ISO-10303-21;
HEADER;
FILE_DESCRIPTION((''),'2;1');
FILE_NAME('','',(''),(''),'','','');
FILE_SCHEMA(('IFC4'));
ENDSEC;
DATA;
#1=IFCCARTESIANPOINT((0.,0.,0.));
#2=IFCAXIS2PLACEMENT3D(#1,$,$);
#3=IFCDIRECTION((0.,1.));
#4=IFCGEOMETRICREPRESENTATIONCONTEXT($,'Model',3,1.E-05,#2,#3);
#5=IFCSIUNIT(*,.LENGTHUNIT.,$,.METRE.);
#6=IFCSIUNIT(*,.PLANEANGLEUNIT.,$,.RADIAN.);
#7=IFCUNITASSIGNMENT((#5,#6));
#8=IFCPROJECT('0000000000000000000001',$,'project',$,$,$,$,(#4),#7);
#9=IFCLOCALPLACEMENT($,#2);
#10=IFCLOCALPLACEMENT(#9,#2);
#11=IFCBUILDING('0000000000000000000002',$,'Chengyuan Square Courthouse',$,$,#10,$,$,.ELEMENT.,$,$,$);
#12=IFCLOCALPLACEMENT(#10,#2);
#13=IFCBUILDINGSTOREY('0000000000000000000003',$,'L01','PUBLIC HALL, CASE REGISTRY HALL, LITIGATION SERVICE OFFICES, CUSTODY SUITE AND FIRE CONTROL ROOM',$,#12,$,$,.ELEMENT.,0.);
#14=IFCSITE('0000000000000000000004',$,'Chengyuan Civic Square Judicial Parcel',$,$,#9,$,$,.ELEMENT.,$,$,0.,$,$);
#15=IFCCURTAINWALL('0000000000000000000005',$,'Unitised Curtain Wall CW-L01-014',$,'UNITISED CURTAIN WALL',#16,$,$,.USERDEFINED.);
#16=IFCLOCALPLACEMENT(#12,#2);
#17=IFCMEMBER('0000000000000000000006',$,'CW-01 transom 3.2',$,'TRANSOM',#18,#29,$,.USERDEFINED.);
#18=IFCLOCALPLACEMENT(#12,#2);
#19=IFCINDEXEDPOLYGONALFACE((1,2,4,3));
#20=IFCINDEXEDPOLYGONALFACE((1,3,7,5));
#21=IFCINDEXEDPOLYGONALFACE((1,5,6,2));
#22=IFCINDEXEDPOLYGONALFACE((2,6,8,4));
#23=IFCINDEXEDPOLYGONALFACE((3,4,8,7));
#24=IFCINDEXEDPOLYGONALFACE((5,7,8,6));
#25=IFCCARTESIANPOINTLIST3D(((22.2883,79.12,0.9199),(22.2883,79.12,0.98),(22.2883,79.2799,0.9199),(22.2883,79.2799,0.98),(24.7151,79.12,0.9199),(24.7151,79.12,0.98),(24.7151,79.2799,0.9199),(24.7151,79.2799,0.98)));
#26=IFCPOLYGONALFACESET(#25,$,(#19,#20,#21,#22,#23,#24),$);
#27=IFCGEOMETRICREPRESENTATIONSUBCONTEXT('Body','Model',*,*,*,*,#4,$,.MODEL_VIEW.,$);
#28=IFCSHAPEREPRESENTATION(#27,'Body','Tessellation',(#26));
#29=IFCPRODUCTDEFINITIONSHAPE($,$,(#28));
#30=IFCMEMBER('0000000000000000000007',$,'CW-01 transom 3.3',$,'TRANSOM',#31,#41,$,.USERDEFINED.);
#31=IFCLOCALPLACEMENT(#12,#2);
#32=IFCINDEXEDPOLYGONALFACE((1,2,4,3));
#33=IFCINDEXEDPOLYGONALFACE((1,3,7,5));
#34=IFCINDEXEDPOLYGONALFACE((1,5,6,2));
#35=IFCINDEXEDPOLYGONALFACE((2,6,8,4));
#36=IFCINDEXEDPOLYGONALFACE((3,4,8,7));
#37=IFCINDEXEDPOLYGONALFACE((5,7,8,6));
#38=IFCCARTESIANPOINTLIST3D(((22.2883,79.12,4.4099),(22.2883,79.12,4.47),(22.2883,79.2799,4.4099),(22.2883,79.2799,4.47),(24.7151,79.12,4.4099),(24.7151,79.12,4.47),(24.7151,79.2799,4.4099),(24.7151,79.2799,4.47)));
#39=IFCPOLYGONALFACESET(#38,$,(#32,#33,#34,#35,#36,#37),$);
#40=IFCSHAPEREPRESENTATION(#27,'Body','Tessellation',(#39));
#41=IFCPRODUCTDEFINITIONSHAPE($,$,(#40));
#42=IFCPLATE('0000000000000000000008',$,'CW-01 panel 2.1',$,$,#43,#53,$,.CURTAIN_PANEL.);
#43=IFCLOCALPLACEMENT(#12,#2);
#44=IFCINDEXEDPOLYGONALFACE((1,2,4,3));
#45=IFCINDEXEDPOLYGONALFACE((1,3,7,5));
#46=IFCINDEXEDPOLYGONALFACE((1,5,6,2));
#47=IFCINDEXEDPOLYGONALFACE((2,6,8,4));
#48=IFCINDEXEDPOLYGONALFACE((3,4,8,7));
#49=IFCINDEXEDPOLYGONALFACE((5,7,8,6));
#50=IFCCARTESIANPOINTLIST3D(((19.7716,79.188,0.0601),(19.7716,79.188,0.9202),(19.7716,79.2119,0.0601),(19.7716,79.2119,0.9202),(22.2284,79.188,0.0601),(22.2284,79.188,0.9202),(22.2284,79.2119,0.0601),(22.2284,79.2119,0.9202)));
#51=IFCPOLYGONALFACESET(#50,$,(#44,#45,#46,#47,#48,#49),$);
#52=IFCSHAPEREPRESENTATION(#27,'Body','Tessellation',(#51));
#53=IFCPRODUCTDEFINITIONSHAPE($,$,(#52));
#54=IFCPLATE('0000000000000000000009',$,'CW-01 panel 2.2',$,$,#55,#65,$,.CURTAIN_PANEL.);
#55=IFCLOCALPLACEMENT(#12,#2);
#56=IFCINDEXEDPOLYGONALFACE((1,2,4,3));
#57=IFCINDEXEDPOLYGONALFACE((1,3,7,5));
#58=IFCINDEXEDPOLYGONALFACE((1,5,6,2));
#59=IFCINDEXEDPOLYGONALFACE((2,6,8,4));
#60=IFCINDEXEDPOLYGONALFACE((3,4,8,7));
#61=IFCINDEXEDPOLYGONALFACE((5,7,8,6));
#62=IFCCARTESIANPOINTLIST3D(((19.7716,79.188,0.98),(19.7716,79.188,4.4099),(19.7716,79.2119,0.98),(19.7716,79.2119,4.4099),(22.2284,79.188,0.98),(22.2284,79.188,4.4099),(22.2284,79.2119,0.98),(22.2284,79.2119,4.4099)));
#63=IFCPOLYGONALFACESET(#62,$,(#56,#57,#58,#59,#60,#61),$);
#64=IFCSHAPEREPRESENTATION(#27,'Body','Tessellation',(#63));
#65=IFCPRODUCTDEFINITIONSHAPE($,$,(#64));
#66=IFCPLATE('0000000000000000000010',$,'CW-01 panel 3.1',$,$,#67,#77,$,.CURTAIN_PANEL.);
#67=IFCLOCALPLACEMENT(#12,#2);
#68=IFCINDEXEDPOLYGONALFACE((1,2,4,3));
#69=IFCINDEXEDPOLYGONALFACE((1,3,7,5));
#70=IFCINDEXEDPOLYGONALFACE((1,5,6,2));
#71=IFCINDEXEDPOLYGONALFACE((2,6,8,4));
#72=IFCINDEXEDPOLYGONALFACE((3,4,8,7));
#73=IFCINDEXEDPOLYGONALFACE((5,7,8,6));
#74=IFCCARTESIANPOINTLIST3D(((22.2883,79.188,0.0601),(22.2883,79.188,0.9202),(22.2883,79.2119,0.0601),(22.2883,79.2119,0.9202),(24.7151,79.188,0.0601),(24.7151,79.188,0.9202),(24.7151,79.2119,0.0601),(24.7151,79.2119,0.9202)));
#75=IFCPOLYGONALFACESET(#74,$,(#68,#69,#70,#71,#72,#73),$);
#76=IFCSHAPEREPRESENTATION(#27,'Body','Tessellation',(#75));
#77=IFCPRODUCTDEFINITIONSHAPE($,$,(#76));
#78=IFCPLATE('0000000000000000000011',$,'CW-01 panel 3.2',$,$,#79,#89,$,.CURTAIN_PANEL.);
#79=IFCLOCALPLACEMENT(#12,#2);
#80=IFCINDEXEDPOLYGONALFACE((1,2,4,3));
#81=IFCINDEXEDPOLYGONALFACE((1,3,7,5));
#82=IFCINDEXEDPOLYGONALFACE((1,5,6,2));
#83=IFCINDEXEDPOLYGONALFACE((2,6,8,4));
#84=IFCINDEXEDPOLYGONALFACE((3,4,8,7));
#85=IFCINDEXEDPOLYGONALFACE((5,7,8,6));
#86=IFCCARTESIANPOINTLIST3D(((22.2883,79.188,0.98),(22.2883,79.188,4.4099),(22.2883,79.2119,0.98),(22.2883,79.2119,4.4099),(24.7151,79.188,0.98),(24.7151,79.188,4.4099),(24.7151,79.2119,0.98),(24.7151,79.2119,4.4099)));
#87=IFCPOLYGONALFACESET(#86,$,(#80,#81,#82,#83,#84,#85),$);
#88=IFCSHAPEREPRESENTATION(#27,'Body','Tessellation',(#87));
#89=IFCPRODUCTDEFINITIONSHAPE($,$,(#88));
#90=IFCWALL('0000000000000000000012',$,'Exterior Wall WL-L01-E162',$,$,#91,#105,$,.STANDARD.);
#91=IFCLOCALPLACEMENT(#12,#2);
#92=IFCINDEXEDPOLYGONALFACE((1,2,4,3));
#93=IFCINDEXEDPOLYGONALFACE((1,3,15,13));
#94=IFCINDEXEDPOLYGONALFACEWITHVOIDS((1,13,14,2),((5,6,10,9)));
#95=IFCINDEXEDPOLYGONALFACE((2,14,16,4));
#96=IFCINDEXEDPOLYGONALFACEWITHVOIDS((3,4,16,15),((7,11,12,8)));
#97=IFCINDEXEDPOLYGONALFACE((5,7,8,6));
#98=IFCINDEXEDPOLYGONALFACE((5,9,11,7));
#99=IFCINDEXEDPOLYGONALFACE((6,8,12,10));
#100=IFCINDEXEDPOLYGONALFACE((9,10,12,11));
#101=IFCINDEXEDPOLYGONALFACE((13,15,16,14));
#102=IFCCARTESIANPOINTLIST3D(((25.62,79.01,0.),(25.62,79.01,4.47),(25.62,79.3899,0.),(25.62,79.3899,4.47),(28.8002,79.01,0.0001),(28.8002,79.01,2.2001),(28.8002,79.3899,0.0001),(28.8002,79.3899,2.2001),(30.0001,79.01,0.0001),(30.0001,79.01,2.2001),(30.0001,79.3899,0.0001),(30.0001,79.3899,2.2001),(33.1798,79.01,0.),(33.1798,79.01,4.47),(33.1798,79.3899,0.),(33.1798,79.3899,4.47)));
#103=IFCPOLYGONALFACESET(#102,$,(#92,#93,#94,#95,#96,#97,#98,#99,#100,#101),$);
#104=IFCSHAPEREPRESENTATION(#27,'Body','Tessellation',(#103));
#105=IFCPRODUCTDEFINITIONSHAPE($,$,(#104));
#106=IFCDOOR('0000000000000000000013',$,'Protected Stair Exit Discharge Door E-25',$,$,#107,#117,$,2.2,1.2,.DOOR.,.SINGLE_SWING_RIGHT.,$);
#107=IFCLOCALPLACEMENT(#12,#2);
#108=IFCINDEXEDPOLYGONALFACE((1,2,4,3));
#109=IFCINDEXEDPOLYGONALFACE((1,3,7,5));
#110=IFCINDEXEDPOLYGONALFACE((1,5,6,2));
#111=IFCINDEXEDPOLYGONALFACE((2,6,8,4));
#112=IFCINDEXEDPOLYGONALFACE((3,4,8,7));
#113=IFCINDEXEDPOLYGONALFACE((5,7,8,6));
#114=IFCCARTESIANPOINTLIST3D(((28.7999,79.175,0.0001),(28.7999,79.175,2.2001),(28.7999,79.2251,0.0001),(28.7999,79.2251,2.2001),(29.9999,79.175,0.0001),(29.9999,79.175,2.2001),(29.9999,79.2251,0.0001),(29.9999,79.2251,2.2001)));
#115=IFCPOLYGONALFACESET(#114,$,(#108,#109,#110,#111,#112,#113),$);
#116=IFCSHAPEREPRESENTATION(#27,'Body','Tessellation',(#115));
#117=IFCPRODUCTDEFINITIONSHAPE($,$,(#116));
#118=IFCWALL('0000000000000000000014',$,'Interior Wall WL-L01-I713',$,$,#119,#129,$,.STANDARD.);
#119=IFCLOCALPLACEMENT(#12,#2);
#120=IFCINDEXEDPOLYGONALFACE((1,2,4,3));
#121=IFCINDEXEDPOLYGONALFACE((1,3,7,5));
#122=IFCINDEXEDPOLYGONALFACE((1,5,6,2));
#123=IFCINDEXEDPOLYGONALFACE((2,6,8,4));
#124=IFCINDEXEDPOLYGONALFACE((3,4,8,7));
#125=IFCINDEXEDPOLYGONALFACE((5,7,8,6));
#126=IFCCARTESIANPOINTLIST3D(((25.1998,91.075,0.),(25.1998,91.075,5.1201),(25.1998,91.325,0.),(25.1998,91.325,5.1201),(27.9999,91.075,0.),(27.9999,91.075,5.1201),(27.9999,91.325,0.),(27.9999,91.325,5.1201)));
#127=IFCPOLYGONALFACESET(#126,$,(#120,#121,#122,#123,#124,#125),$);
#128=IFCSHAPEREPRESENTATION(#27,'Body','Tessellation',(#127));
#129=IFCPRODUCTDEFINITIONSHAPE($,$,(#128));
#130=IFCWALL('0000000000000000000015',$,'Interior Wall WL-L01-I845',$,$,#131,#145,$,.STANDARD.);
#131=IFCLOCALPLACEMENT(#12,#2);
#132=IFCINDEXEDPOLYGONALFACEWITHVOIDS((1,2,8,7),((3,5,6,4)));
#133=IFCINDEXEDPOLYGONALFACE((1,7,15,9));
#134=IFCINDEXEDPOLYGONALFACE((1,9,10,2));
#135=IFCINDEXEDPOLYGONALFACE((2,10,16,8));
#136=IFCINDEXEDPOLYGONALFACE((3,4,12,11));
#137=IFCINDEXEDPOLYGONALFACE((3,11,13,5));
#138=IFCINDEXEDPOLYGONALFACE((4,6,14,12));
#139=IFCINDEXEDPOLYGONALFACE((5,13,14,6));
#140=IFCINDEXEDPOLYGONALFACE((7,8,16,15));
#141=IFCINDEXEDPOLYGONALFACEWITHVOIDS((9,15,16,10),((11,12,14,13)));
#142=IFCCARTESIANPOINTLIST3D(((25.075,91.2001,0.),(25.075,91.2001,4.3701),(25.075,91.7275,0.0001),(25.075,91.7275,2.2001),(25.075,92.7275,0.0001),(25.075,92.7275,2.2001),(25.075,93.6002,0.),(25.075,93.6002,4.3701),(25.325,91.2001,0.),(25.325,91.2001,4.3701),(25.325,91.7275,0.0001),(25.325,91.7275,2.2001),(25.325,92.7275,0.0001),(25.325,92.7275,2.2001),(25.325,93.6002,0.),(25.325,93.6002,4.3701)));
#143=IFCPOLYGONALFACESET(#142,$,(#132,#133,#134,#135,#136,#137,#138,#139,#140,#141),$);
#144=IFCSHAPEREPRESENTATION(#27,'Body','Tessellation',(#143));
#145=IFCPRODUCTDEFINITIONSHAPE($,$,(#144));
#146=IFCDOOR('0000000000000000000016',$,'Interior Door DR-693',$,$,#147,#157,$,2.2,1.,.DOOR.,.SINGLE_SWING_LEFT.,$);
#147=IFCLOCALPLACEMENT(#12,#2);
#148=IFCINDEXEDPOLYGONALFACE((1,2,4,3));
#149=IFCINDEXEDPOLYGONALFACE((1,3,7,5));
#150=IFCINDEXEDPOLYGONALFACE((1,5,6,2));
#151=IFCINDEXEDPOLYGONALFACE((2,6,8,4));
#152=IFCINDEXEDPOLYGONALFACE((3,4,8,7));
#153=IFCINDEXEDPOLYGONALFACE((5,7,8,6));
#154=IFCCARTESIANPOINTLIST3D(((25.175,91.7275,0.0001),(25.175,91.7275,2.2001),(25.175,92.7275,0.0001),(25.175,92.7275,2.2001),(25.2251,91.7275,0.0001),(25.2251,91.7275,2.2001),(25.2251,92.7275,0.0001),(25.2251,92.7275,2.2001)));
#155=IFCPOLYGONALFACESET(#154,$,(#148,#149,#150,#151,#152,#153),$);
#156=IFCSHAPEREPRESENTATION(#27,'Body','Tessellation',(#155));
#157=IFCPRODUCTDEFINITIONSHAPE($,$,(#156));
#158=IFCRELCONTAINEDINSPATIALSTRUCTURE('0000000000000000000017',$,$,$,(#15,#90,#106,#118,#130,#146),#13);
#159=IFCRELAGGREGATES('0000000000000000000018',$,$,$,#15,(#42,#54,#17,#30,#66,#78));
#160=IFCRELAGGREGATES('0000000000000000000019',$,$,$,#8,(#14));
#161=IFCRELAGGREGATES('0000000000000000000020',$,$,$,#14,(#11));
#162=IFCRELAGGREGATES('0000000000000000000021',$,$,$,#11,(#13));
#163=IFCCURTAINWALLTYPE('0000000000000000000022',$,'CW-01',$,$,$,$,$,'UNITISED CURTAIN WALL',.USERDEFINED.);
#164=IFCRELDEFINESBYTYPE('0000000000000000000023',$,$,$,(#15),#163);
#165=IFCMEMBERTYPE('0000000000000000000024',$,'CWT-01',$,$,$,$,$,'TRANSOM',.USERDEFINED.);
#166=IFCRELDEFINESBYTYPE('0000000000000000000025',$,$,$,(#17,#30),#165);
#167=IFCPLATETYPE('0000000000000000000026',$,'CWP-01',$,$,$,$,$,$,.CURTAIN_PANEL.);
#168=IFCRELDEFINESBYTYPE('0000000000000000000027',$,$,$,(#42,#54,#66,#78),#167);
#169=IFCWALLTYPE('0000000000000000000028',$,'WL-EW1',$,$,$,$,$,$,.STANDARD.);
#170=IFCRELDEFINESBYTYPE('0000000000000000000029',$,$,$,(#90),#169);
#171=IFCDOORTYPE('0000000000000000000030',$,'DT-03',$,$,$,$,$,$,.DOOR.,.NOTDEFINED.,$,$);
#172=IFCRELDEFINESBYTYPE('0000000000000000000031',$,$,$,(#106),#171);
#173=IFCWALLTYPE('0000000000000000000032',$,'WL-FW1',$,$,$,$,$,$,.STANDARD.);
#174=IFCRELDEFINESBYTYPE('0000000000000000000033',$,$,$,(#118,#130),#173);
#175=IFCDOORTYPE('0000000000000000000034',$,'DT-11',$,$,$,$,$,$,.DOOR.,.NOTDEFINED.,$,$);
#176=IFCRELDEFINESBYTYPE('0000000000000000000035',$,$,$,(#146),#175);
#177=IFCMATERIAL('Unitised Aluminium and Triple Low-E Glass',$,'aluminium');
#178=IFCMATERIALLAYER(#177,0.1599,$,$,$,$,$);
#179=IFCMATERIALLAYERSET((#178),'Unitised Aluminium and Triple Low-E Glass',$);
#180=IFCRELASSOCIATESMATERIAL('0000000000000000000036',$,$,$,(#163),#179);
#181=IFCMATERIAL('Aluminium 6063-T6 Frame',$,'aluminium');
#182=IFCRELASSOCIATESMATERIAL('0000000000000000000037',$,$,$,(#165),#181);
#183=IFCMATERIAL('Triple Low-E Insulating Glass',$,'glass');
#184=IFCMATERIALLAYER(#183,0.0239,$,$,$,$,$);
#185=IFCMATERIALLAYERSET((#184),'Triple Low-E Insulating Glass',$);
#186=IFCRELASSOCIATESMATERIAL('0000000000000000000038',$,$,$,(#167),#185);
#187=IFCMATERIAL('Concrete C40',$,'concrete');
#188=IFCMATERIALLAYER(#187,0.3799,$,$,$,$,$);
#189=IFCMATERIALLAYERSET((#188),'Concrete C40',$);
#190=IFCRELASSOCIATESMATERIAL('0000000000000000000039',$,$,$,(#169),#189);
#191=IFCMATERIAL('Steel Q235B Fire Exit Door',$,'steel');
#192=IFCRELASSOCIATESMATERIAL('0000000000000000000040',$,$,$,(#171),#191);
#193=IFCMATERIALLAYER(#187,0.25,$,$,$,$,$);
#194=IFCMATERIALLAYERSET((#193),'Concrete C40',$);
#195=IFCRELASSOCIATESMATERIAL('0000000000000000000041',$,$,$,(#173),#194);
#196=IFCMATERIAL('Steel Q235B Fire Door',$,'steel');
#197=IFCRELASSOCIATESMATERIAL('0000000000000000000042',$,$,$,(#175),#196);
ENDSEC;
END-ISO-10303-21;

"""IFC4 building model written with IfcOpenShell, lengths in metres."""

from ifc_helpers import new_model, si_unit, direction, frame, frame_2d, origin, origin_2d, place, context, subcontext, project, spatial, rectangle, extrude, material, layer, layer_set, material_profile, profile_set, type_object, element, fill, aggregate, save


model = new_model("IFC4")

# Units and contexts
model_context = context("Model", 3, precision=1e-05, world=origin(), true_north=direction((0.0, 1.0)))
body_context = subcontext(model_context, "Body", "Model", "MODEL_VIEW")
ifc_project = project(units=[si_unit("LENGTHUNIT", "METRE"), si_unit("PLANEANGLEUNIT", "RADIAN")], contexts=[model_context])

# Site, building, storey
site_placement = place(None, origin())
site = spatial("IfcSite", under=ifc_project, at=site_placement, Name="Chengyuan Civic Square Judicial Parcel", CompositionType="ELEMENT", RefElevation=0.0)
building_placement = place(site_placement, origin())
building = spatial("IfcBuilding", under=site, at=building_placement, Name="Chengyuan Square Courthouse", CompositionType="ELEMENT")
storey_placement = place(building_placement, origin())
storey = spatial("IfcBuildingStorey", under=building, at=storey_placement, Name="L01", Description="PUBLIC HALL, CASE REGISTRY HALL, LITIGATION SERVICE OFFICES, CUSTODY SUITE AND FIRE CONTROL ROOM", CompositionType="ELEMENT", Elevation=0.0)

# Shared definitions
ifc_material_1 = material(Name="Concrete C40", Category="concrete")

# Curtain wall, members, plates
ifc_material_2 = material(Name="Unitised Aluminium and Triple Low-E Glass", Category="aluminium")
ifc_layer_1 = layer(ifc_material_2, 0.1599)
ifc_layer_set_1 = layer_set([ifc_layer_1], Name="Unitised Aluminium and Triple Low-E Glass")
curtain_wall_type = type_object("IfcCurtainWallType", Name="CW-01", ElementType="UNITISED CURTAIN WALL", PredefinedType="USERDEFINED", material=ifc_layer_set_1)
curtain_wall_placement = place(storey_placement, origin())
curtain_wall = element("IfcCurtainWall", 1, at=curtain_wall_placement, inside=storey, type_object=curtain_wall_type, Name="Unitised Curtain Wall CW-L01-014", ObjectType="UNITISED CURTAIN WALL", PredefinedType="USERDEFINED")
ifc_material_3 = material(Name="Aluminium 6063-T6 Frame", Category="aluminium")
ifc_material_profile_1 = material_profile(ifc_material_3, rectangle(XDim=0.1599, YDim=0.0601, at=origin_2d()), Name="CW-TRN-60x120")
ifc_profile_set_1 = profile_set([ifc_material_profile_1], Name="Aluminium 6063-T6 Frame")
member_type_1 = type_object("IfcMemberType", Name="CWT-01", ElementType="TRANSOM", PredefinedType="USERDEFINED", material=ifc_profile_set_1)
member_1_placement = place(storey_placement, frame((22.2883, 79.2, 0.95), z_axis=(1.0, 0.0, 0.0), x_axis=(0.0, 1.0, 0.0)))
member_1 = element("IfcMember", 2, at=member_1_placement, type_object=member_type_1, Name="CW-01 transom 3.2", ObjectType="TRANSOM", PredefinedType="USERDEFINED", context=body_context, shape_type="SweptSolid", body=[
    extrude(rectangle(XDim=0.1599, YDim=0.0601, at=origin_2d()), origin(), (0.0, 0.0, 1.0), 2.4268),
])
member_2_placement = place(storey_placement, frame((22.2883, 79.2, 4.4399), z_axis=(1.0, 0.0, 0.0), x_axis=(0.0, 1.0, 0.0)))
member_2 = element("IfcMember", 3, at=member_2_placement, type_object=member_type_1, Name="CW-01 transom 3.3", ObjectType="TRANSOM", PredefinedType="USERDEFINED", context=body_context, shape_type="SweptSolid", body=[
    extrude(rectangle(XDim=0.1599, YDim=0.0601, at=origin_2d()), origin(), (0.0, 0.0, 1.0), 2.4268),
])
ifc_material_4 = material(Name="Triple Low-E Insulating Glass", Category="glass")
ifc_layer_2 = layer(ifc_material_4, 0.0239)
ifc_layer_set_2 = layer_set([ifc_layer_2], Name="Triple Low-E Insulating Glass")
plate_type = type_object("IfcPlateType", Name="CWP-01", PredefinedType="CURTAIN_PANEL", material=ifc_layer_set_2)
plate_1_placement = place(storey_placement, frame((21.0, 79.2, 0.0601), z_axis=(0.0, 0.0, 1.0), x_axis=(1.0, 0.0, 0.0)))
plate_1 = element("IfcPlate", 4, at=plate_1_placement, type_object=plate_type, Name="CW-01 panel 2.1", PredefinedType="CURTAIN_PANEL", context=body_context, shape_type="SweptSolid", body=[
    extrude(rectangle(XDim=2.4568, YDim=0.0239, at=origin_2d()), origin(), (0.0, 0.0, 1.0), 0.8601),
])
plate_2_placement = place(storey_placement, frame((21.0, 79.2, 0.98), z_axis=(0.0, 0.0, 1.0), x_axis=(1.0, 0.0, 0.0)))
plate_2 = element("IfcPlate", 5, at=plate_2_placement, type_object=plate_type, Name="CW-01 panel 2.2", PredefinedType="CURTAIN_PANEL", context=body_context, shape_type="SweptSolid", body=[
    extrude(rectangle(XDim=2.4568, YDim=0.0239, at=origin_2d()), origin(), (0.0, 0.0, 1.0), 3.4299),
])
plate_3_placement = place(storey_placement, frame((23.5017, 79.2, 0.0601), z_axis=(0.0, 0.0, 1.0), x_axis=(1.0, 0.0, 0.0)))
plate_3 = element("IfcPlate", 6, at=plate_3_placement, type_object=plate_type, Name="CW-01 panel 3.1", PredefinedType="CURTAIN_PANEL", context=body_context, shape_type="SweptSolid", body=[
    extrude(rectangle(XDim=2.4268, YDim=0.0239, at=origin_2d()), origin(), (0.0, 0.0, 1.0), 0.8601),
])
plate_4_placement = place(storey_placement, frame((23.5017, 79.2, 0.98), z_axis=(0.0, 0.0, 1.0), x_axis=(1.0, 0.0, 0.0)))
plate_4 = element("IfcPlate", 7, at=plate_4_placement, type_object=plate_type, Name="CW-01 panel 3.2", PredefinedType="CURTAIN_PANEL", context=body_context, shape_type="SweptSolid", body=[
    extrude(rectangle(XDim=2.4268, YDim=0.0239, at=origin_2d()), origin(), (0.0, 0.0, 1.0), 3.4299),
])
aggregate(curtain_wall, [plate_1, plate_2, member_1, member_2, plate_3, plate_4])

# Wall, opening, door
ifc_layer_3 = layer(ifc_material_1, 0.3799)
ifc_layer_set_3 = layer_set([ifc_layer_3], Name="Concrete C40")
wall_type_1 = type_object("IfcWallType", Name="WL-EW1", PredefinedType="STANDARD", material=ifc_layer_set_3)
wall_1_placement = place(storey_placement, frame((25.6201, 79.2, 0.0), z_axis=(0.0, 0.0, 1.0), x_axis=(1.0, 0.0, 0.0)))
wall_1 = element("IfcWall", 8, at=wall_1_placement, inside=storey, type_object=wall_type_1, Name="Exterior Wall WL-L01-E162", PredefinedType="STANDARD", context=body_context, shape_type="SweptSolid", body=[
    extrude(rectangle(XDim=7.5598, YDim=0.3799, at=frame_2d((3.7798, 0.0))), origin(), (0.0, 0.0, 1.0), 4.47),
])
opening_1_placement = place(wall_1_placement, frame((3.1799, 0.0, 0.0)))
opening_1 = element("IfcOpeningElement", 9, at=opening_1_placement, cuts=wall_1, PredefinedType="OPENING", context=body_context, shape_type="SweptSolid", body=[
    extrude(rectangle(XDim=1.2, YDim=2.2, at=frame_2d((0.6001, 1.1001))), frame((0.0, 0.2019, 0.0), z_axis=(0.0, -1.0, 0.0), x_axis=(1.0, 0.0, 0.0)), (0.0, 0.0, 1.0), 0.4038),
])
ifc_material_5 = material(Name="Steel Q235B Fire Exit Door", Category="steel")
door_type_1 = type_object("IfcDoorType", Name="DT-03", OperationType="NOTDEFINED", PredefinedType="DOOR", material=ifc_material_5)
door_1_placement = place(opening_1_placement, frame((1.2, 0.0, 0.0), z_axis=(0.0, 0.0, 1.0), x_axis=(-1.0, 0.0, 0.0)))
door_1 = element("IfcDoor", 10, at=door_1_placement, inside=storey, type_object=door_type_1, Name="Protected Stair Exit Discharge Door E-25", OperationType="SINGLE_SWING_RIGHT", OverallHeight=2.2, OverallWidth=1.2, PredefinedType="DOOR", context=body_context, shape_type="SweptSolid", body=[
    extrude(rectangle(XDim=1.2, YDim=2.2, at=frame_2d((0.6001, 1.1001))), frame((0.0, 0.0249, 0.0), z_axis=(0.0, -1.0, 0.0), x_axis=(1.0, 0.0, 0.0)), (0.0, 0.0, 1.0), 0.05),
])
fill(opening_1, door_1)

# Wall
ifc_layer_4 = layer(ifc_material_1, 0.25)
ifc_layer_set_4 = layer_set([ifc_layer_4], Name="Concrete C40")
wall_type_2 = type_object("IfcWallType", Name="WL-FW1", PredefinedType="STANDARD", material=ifc_layer_set_4)
wall_2_placement = place(storey_placement, frame((25.2, 91.2, 0.0), z_axis=(0.0, 0.0, 1.0), x_axis=(1.0, 0.0, 0.0)))
element("IfcWall", 11, at=wall_2_placement, inside=storey, type_object=wall_type_2, Name="Interior Wall WL-L01-I713", PredefinedType="STANDARD", context=body_context, shape_type="SweptSolid", body=[
    extrude(rectangle(XDim=2.8, YDim=0.25, at=frame_2d((1.3999, 0.0))), origin(), (0.0, 0.0, 1.0), 5.1201),
])

# Wall, opening, door
wall_3_placement = place(storey_placement, frame((25.2, 91.2, 0.0), z_axis=(0.0, 0.0, 1.0), x_axis=(0.0, 1.0, 0.0)))
wall_3 = element("IfcWall", 12, at=wall_3_placement, inside=storey, type_object=wall_type_2, Name="Interior Wall WL-L01-I845", PredefinedType="STANDARD", context=body_context, shape_type="SweptSolid", body=[
    extrude(rectangle(XDim=2.4001, YDim=0.25, at=frame_2d((1.2002, 0.0))), origin(), (0.0, 0.0, 1.0), 4.3701),
])
opening_2_placement = place(wall_3_placement, frame((0.5276, 0.0, 0.0)))
opening_2 = element("IfcOpeningElement", 13, at=opening_2_placement, cuts=wall_3, PredefinedType="OPENING", context=body_context, shape_type="SweptSolid", body=[
    extrude(rectangle(XDim=1.0, YDim=2.2, at=frame_2d((0.5, 1.1001))), frame((0.0, 0.137, 0.0), z_axis=(0.0, -1.0, 0.0), x_axis=(1.0, 0.0, 0.0)), (0.0, 0.0, 1.0), 0.2739),
])
ifc_material_6 = material(Name="Steel Q235B Fire Door", Category="steel")
door_type_2 = type_object("IfcDoorType", Name="DT-11", OperationType="NOTDEFINED", PredefinedType="DOOR", material=ifc_material_6)
door_2_placement = place(opening_2_placement, origin())
door_2 = element("IfcDoor", 14, at=door_2_placement, inside=storey, type_object=door_type_2, Name="Interior Door DR-693", OperationType="SINGLE_SWING_LEFT", OverallHeight=2.2, OverallWidth=1.0, PredefinedType="DOOR", context=body_context, shape_type="SweptSolid", body=[
    extrude(rectangle(XDim=1.0, YDim=2.2, at=frame_2d((0.5, 1.1001))), frame((0.0, 0.0249, 0.0), z_axis=(0.0, -1.0, 0.0), x_axis=(1.0, 0.0, 0.0)), (0.0, 0.0, 1.0), 0.05),
])
fill(opening_2, door_2)

save(model, "model.ifc")
